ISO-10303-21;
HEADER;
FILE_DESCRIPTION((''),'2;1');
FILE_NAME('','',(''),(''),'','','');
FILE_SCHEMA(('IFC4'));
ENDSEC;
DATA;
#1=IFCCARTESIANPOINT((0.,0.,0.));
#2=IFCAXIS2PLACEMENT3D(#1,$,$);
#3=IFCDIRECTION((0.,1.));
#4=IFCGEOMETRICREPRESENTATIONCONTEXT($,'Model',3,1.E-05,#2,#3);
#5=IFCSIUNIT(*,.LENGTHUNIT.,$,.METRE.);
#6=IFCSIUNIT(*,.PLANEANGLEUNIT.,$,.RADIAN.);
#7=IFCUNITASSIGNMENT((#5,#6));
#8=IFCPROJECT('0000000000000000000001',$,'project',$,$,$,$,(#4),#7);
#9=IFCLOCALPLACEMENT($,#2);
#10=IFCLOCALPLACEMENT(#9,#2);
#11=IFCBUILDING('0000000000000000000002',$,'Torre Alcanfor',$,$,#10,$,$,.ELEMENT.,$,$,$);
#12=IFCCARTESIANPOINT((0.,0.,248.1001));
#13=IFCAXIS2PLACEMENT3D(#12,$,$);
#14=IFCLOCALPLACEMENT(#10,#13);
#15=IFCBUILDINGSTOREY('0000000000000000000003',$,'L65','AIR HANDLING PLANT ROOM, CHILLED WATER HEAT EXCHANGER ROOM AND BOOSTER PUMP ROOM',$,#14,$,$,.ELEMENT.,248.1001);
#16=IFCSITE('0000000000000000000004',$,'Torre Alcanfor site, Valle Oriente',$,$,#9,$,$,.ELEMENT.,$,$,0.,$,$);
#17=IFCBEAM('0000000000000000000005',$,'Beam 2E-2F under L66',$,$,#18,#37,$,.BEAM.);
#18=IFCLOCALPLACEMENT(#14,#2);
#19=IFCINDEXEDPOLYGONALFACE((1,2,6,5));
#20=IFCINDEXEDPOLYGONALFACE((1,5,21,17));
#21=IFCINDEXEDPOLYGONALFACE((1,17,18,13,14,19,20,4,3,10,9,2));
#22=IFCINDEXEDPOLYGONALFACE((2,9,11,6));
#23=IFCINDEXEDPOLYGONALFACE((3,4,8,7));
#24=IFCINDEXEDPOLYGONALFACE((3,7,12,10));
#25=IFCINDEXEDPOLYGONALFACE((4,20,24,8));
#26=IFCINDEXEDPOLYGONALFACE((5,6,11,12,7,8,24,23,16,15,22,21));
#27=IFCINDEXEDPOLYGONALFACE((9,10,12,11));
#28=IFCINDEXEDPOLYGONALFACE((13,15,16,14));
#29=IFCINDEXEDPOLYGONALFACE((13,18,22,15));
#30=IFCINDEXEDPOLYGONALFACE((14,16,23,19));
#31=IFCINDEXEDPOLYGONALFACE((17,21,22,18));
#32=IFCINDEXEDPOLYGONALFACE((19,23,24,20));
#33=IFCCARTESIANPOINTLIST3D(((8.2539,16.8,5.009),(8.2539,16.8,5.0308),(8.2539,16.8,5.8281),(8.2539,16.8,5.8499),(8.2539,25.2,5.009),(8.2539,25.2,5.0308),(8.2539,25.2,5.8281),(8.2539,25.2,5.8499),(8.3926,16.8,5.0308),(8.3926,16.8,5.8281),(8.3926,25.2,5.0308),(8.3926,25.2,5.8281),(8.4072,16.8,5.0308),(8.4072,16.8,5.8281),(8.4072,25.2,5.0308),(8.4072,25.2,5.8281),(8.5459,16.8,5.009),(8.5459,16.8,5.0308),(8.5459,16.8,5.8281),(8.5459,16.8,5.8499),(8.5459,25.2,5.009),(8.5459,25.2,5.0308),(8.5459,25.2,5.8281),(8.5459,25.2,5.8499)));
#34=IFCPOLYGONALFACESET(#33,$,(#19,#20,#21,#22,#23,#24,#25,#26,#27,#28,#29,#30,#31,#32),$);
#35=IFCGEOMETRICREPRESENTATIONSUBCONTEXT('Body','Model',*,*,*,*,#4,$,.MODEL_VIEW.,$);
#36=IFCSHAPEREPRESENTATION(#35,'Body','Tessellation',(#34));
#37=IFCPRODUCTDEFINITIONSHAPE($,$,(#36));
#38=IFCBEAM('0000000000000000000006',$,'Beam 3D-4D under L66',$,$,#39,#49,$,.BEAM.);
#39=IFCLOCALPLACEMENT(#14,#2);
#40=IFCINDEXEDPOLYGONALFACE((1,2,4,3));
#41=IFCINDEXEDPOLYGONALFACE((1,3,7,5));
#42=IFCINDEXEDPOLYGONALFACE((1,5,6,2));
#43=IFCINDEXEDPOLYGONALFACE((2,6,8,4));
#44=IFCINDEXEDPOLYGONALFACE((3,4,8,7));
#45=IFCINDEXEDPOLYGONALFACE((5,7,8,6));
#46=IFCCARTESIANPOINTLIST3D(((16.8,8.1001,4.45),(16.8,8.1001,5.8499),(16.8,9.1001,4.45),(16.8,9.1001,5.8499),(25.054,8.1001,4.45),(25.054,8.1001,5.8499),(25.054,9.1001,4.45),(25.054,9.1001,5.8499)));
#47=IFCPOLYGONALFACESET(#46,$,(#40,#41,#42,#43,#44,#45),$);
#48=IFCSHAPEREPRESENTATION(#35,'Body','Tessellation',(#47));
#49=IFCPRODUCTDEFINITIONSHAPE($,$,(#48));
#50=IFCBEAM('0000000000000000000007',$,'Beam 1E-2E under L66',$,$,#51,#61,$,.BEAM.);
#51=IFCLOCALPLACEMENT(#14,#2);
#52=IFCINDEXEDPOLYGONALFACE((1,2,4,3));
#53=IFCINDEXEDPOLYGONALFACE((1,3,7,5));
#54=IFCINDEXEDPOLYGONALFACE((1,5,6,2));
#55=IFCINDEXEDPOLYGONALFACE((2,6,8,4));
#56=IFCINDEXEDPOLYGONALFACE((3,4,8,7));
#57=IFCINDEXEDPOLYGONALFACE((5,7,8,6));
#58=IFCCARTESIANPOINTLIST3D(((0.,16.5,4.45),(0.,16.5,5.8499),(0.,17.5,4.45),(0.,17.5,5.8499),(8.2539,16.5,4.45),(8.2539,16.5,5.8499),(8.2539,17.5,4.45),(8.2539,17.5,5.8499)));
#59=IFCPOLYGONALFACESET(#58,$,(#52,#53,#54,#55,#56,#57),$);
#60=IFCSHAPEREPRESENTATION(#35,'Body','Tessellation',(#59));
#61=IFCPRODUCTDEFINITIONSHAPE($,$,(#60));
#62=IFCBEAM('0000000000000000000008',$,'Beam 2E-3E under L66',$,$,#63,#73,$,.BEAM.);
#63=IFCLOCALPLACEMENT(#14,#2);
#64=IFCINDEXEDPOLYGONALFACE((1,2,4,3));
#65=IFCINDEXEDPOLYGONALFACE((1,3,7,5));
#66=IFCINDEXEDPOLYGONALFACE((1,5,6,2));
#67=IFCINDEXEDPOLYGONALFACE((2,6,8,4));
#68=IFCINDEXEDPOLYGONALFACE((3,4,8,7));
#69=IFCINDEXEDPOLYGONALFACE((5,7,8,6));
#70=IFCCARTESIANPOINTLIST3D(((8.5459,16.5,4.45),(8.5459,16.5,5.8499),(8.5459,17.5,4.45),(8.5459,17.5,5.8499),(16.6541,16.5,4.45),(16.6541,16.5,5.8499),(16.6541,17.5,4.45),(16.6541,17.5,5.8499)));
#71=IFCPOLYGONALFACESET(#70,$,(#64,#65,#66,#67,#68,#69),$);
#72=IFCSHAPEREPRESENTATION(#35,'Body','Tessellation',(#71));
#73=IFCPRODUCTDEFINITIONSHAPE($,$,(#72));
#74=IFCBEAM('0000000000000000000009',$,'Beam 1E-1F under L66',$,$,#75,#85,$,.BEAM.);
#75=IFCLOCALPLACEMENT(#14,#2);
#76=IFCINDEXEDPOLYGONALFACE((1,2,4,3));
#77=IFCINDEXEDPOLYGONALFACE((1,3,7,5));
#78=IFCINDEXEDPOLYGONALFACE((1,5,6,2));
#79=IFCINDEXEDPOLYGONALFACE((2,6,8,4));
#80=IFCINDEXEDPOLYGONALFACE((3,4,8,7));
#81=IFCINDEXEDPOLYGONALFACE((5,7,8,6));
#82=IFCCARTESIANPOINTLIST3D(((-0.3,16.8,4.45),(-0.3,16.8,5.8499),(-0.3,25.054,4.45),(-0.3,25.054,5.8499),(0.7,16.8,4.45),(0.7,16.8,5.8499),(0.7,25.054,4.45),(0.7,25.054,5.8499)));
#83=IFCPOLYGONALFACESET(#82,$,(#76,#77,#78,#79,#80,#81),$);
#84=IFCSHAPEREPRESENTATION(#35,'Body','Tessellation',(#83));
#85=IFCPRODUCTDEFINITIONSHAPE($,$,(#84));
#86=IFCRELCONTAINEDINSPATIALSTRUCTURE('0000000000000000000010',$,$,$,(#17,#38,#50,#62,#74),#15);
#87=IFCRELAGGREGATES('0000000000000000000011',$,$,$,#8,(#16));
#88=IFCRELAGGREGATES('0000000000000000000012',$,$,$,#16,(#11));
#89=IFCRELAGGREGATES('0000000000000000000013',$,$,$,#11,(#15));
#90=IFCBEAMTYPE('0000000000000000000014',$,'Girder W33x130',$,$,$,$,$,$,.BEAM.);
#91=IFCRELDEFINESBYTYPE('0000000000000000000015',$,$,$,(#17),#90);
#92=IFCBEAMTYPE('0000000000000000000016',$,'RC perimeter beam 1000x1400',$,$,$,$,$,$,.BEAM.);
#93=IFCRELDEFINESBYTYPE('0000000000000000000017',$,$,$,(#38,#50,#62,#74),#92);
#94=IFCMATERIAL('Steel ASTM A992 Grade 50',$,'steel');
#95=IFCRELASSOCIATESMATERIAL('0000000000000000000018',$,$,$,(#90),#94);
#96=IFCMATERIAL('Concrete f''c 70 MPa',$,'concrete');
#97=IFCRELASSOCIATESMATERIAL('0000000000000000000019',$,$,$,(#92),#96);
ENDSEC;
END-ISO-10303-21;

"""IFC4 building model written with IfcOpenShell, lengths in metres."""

from ifc_helpers import new_model, si_unit, direction, frame, origin, origin_2d, place, context, subcontext, project, spatial, rectangle, i_section, extrude, material, material_profile, profile_set, type_object, element, save


model = new_model("IFC4")

# Units and contexts
model_context = context("Model", 3, precision=1e-05, world=origin(), true_north=direction((0.0, 1.0)))
body_context = subcontext(model_context, "Body", "Model", "MODEL_VIEW")
ifc_project = project(units=[si_unit("LENGTHUNIT", "METRE"), si_unit("PLANEANGLEUNIT", "RADIAN")], contexts=[model_context])

# Site, building, storey
site_placement = place(None, origin())
site = spatial("IfcSite", under=ifc_project, at=site_placement, Name="Torre Alcanfor site, Valle Oriente", CompositionType="ELEMENT", RefElevation=0.0)
building_placement = place(site_placement, origin())
building = spatial("IfcBuilding", under=site, at=building_placement, Name="Torre Alcanfor", CompositionType="ELEMENT")
storey_placement = place(building_placement, frame((0.0, 0.0, 248.1001)))
storey = spatial("IfcBuildingStorey", under=building, at=storey_placement, Name="L65", Description="AIR HANDLING PLANT ROOM, CHILLED WATER HEAT EXCHANGER ROOM AND BOOSTER PUMP ROOM", CompositionType="ELEMENT", Elevation=248.1001)

# Beams
ifc_material_1 = material(Name="Steel ASTM A992 Grade 50", Category="steel")
ifc_material_profile_1 = material_profile(ifc_material_1, i_section(OverallWidth=0.292, OverallDepth=0.8408, WebThickness=0.0146, FlangeThickness=0.0217, at=origin_2d()), Name="W33x130")
ifc_profile_set_1 = profile_set([ifc_material_profile_1], Name="Steel ASTM A992 Grade 50")
beam_type_1 = type_object("IfcBeamType", Name="Girder W33x130", PredefinedType="BEAM", material=ifc_profile_set_1)
beam_1_placement = place(storey_placement, frame((8.3999, 16.8, 5.4294), z_axis=(0.0, 1.0, 0.0), x_axis=(-1.0, 0.0, 0.0)))
element("IfcBeam", 1, at=beam_1_placement, inside=storey, type_object=beam_type_1, Name="Beam 2E-2F under L66", PredefinedType="BEAM", context=body_context, shape_type="SweptSolid", body=[
    extrude(i_section(OverallWidth=0.292, OverallDepth=0.8408, WebThickness=0.0146, FlangeThickness=0.0217, at=origin_2d()), origin(), (0.0, 0.0, 1.0), 8.3999),
])
ifc_material_2 = material(Name="Concrete f'c 70 MPa", Category="concrete")
ifc_material_profile_2 = material_profile(ifc_material_2, rectangle(XDim=1.0, YDim=1.3999, at=origin_2d()), Name="1000x1400")
ifc_profile_set_2 = profile_set([ifc_material_profile_2], Name="Concrete f'c 70 MPa")
beam_type_2 = type_object("IfcBeamType", Name="RC perimeter beam 1000x1400", PredefinedType="BEAM", material=ifc_profile_set_2)
for number, where, z_axis, x_axis, name in (
    (2, (16.8, 8.6001, 5.1499), (1.0, 0.0, 0.0), (0.0, 1.0, 0.0), "Beam 3D-4D under L66"),
    (3, (0.0, 17.0, 5.1499), (1.0, 0.0, 0.0), (0.0, 1.0, 0.0), "Beam 1E-2E under L66"),
):
    element("IfcBeam", number, at=place(storey_placement, frame(where, z_axis=z_axis, x_axis=x_axis)), inside=storey, type_object=beam_type_2, Name=name, PredefinedType="BEAM", context=body_context, shape_type="SweptSolid", body=[
        extrude(rectangle(XDim=1.0, YDim=1.3999, at=origin_2d()), origin(), (0.0, 0.0, 1.0), 8.2539),
    ])
beam_2_placement = place(storey_placement, frame((8.5459, 17.0, 5.1499), z_axis=(1.0, 0.0, 0.0), x_axis=(0.0, 1.0, 0.0)))
element("IfcBeam", 4, at=beam_2_placement, inside=storey, type_object=beam_type_2, Name="Beam 2E-3E under L66", PredefinedType="BEAM", context=body_context, shape_type="SweptSolid", body=[
    extrude(rectangle(XDim=1.0, YDim=1.3999, at=origin_2d()), origin(), (0.0, 0.0, 1.0), 8.1082),
])
beam_3_placement = place(storey_placement, frame((0.2, 16.8, 5.1499), z_axis=(0.0, 1.0, 0.0), x_axis=(-1.0, 0.0, 0.0)))
element("IfcBeam", 5, at=beam_3_placement, inside=storey, type_object=beam_type_2, Name="Beam 1E-1F under L66", PredefinedType="BEAM", context=body_context, shape_type="SweptSolid", body=[
    extrude(rectangle(XDim=1.0, YDim=1.3999, at=origin_2d()), origin(), (0.0, 0.0, 1.0), 8.2539),
])

save(model, "model.ifc")
